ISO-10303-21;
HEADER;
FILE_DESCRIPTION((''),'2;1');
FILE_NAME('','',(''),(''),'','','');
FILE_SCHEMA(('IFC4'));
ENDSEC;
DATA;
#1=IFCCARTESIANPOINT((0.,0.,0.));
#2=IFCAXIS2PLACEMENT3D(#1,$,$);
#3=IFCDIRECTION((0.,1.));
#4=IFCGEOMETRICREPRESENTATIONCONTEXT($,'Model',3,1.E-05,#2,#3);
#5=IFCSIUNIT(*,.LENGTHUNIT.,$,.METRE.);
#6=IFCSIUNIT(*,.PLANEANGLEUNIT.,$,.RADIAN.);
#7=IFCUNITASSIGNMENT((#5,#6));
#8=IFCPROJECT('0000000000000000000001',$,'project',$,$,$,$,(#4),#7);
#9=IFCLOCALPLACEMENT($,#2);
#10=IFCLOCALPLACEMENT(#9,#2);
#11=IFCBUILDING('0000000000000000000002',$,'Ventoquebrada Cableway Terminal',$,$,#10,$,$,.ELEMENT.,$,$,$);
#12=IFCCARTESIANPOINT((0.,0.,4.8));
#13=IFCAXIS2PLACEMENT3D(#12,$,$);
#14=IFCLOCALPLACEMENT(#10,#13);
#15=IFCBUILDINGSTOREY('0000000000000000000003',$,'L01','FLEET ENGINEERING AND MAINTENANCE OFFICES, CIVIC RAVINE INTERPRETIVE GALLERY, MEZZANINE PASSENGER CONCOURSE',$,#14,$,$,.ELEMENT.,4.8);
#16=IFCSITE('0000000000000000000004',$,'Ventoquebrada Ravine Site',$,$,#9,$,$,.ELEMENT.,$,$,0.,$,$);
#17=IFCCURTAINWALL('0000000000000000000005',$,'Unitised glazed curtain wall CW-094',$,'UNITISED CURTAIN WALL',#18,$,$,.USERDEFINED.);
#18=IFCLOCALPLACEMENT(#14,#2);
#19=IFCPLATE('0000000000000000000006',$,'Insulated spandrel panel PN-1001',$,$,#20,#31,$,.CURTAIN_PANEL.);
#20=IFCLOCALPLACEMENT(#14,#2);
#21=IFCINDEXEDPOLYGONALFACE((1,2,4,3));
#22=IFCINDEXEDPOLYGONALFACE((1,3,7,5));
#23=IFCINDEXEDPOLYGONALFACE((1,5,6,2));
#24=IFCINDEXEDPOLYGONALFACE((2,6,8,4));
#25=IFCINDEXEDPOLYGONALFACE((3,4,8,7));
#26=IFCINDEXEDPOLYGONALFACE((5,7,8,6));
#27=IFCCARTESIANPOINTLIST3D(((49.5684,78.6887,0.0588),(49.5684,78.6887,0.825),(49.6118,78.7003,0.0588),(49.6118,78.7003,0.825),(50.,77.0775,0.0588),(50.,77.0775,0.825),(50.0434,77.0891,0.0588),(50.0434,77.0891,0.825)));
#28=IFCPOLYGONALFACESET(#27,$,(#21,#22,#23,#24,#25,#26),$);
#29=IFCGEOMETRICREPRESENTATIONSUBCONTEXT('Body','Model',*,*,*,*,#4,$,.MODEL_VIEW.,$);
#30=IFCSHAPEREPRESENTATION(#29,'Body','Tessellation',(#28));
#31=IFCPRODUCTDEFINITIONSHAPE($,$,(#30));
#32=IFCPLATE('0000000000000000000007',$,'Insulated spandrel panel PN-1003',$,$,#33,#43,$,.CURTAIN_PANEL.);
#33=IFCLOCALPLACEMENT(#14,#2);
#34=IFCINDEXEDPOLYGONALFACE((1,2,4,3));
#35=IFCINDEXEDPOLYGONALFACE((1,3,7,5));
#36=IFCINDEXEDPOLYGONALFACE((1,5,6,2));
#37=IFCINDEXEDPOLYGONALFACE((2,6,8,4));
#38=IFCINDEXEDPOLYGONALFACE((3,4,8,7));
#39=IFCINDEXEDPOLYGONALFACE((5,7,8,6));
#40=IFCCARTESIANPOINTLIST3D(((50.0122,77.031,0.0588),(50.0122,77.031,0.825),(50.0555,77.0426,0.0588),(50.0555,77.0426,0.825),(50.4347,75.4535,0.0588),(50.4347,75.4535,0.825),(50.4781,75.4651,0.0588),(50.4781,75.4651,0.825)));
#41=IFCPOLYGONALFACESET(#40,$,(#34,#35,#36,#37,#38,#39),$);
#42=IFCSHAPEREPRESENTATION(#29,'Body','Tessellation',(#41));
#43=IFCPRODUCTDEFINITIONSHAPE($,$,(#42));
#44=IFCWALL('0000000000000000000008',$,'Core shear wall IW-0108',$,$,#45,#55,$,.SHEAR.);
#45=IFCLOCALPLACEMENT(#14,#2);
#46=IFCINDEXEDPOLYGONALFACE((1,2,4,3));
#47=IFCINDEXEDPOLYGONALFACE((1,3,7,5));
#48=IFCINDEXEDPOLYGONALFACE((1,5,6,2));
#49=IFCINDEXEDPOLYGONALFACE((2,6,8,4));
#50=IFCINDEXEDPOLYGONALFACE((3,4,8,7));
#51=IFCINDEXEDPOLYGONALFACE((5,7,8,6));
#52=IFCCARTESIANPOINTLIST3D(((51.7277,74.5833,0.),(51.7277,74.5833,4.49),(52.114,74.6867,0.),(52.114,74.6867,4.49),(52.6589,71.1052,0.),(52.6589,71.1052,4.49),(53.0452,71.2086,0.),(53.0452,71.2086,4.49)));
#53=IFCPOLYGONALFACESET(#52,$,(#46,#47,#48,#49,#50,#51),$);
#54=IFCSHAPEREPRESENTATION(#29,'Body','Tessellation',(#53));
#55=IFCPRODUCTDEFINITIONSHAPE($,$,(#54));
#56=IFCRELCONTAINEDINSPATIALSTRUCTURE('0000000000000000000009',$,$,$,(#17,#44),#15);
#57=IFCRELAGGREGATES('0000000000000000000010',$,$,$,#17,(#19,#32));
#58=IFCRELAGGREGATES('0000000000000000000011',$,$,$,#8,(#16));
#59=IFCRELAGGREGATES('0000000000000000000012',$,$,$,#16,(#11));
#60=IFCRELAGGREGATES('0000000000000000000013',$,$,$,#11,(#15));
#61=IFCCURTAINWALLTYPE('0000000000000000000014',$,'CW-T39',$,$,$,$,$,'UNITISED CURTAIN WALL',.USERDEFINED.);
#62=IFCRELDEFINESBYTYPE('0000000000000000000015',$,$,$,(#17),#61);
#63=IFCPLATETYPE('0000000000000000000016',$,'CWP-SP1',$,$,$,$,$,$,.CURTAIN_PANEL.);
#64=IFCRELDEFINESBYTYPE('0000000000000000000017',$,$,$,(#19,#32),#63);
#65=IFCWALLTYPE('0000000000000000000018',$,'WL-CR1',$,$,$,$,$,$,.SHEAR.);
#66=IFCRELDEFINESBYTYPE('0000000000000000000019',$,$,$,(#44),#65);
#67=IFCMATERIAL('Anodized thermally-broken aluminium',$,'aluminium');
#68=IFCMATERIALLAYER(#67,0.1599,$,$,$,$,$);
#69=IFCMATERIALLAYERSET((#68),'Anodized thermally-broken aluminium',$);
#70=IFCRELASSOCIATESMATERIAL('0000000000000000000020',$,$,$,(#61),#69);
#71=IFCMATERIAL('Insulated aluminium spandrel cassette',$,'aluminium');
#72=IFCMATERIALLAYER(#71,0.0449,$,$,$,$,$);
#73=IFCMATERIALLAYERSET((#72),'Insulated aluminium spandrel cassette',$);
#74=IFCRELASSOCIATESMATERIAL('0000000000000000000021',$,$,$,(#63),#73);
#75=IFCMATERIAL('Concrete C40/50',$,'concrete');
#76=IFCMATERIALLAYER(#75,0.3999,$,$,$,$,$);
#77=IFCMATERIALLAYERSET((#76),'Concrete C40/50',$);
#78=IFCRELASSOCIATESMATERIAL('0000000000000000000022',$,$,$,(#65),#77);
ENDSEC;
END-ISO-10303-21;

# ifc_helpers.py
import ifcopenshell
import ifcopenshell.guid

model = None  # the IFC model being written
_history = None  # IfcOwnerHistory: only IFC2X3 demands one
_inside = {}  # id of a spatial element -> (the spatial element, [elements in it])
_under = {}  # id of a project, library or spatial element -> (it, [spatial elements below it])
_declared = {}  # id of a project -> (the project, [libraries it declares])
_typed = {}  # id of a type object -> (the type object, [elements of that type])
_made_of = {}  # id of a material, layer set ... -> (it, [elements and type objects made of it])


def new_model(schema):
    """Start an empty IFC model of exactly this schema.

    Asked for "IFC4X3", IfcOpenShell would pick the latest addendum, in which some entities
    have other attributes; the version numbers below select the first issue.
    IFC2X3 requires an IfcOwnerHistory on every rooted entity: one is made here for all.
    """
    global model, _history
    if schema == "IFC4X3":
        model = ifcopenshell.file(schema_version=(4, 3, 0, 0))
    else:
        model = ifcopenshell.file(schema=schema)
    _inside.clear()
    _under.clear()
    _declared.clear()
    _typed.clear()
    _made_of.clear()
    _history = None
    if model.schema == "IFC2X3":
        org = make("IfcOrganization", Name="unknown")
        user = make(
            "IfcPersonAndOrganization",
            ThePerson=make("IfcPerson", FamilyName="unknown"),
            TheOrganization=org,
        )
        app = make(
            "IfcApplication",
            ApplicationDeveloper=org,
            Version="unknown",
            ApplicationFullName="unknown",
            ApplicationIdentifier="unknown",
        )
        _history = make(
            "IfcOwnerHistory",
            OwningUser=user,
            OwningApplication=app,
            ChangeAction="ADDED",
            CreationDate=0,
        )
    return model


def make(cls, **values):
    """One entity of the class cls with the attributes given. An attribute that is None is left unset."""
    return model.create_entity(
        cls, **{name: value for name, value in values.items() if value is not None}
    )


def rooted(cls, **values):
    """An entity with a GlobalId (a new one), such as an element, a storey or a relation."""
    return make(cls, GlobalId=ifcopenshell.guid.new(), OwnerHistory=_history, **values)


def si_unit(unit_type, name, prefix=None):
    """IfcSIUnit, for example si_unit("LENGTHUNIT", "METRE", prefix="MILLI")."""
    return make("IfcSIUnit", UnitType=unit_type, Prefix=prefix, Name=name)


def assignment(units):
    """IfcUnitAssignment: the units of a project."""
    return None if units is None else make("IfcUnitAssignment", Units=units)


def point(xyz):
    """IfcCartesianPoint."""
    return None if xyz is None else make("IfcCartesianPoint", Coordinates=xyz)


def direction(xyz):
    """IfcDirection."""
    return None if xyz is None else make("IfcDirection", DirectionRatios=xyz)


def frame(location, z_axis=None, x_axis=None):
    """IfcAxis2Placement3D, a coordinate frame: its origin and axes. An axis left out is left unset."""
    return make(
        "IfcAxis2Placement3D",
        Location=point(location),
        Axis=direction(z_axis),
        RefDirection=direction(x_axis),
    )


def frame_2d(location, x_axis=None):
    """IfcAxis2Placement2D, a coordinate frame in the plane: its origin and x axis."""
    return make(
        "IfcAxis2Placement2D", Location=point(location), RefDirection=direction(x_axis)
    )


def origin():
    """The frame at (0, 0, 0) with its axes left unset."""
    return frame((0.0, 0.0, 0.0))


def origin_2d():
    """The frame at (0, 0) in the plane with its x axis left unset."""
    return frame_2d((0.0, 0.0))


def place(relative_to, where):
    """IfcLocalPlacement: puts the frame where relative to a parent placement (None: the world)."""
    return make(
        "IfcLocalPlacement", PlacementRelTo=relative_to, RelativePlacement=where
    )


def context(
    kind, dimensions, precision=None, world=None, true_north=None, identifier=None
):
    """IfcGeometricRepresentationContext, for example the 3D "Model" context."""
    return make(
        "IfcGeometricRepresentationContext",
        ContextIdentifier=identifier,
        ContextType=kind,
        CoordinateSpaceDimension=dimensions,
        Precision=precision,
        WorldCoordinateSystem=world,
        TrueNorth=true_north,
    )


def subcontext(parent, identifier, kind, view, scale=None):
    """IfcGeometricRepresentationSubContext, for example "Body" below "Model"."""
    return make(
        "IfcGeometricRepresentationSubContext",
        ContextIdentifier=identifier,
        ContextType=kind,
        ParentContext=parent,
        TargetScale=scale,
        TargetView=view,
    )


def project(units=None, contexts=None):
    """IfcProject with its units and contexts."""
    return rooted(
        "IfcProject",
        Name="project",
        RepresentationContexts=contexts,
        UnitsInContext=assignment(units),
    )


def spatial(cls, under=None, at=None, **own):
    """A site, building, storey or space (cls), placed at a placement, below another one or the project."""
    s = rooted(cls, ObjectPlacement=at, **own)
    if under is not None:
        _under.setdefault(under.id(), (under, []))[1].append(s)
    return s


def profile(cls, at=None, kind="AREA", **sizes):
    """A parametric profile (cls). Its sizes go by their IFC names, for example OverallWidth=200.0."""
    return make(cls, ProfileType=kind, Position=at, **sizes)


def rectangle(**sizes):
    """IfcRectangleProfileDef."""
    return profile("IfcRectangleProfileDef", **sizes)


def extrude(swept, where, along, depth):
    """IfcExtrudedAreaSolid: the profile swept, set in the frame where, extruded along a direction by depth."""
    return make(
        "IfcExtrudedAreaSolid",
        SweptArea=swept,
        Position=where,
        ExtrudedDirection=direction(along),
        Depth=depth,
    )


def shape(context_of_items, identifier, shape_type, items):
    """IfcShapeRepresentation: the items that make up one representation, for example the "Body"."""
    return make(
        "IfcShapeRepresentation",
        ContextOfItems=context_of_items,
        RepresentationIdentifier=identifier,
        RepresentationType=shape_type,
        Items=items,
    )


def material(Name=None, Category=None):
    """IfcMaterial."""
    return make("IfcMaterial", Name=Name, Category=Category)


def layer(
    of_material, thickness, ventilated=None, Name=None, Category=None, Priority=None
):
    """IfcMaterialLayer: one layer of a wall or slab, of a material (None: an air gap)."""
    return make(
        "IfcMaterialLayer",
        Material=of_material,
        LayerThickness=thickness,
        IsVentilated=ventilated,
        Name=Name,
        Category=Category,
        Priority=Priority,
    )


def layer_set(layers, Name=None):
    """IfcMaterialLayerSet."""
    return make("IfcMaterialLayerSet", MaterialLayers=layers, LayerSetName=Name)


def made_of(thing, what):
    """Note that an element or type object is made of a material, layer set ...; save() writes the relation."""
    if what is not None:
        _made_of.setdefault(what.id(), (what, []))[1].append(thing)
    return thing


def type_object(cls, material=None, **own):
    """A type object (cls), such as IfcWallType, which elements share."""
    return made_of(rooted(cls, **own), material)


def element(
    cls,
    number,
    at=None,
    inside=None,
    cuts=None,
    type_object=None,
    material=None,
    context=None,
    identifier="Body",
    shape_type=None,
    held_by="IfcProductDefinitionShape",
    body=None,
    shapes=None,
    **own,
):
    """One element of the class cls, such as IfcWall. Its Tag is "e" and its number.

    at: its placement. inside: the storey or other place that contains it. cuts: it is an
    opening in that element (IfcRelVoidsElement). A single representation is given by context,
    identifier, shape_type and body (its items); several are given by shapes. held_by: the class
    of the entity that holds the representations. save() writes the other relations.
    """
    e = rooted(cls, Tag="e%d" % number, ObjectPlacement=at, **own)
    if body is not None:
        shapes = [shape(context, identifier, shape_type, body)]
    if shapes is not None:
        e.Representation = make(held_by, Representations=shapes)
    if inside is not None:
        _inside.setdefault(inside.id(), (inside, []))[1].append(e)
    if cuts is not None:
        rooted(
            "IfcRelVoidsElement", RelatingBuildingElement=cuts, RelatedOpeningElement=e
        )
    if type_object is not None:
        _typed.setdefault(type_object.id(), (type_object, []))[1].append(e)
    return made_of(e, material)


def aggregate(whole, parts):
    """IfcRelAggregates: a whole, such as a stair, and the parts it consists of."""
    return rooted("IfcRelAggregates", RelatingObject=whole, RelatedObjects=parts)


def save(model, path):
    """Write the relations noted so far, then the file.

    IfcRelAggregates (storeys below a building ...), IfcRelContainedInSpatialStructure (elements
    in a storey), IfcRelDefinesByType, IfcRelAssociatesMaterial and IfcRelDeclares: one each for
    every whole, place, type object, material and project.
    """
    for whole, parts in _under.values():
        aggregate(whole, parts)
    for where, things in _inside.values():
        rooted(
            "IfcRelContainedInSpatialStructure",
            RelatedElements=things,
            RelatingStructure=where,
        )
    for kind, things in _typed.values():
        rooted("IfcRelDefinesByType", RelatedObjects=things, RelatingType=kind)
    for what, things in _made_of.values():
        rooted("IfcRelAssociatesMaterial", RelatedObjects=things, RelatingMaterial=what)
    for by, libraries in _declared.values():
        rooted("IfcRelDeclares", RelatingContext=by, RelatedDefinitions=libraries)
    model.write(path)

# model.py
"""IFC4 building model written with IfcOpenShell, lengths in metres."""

from ifc_helpers import new_model, si_unit, direction, frame, frame_2d, origin, origin_2d, place, context, subcontext, project, spatial, rectangle, extrude, material, layer, layer_set, type_object, element, aggregate, save


model = new_model("IFC4")

# Units and contexts
model_context = context("Model", 3, precision=1e-05, world=origin(), true_north=direction((0.0, 1.0)))
body_context = subcontext(model_context, "Body", "Model", "MODEL_VIEW")
ifc_project = project(units=[si_unit("LENGTHUNIT", "METRE"), si_unit("PLANEANGLEUNIT", "RADIAN")], contexts=[model_context])

# Site, building, storey
site_placement = place(None, origin())
site = spatial("IfcSite", under=ifc_project, at=site_placement, Name="Ventoquebrada Ravine Site", CompositionType="ELEMENT", RefElevation=0.0)
building_placement = place(site_placement, origin())
building = spatial("IfcBuilding", under=site, at=building_placement, Name="Ventoquebrada Cableway Terminal", CompositionType="ELEMENT")
storey_placement = place(building_placement, frame((0.0, 0.0, 4.8)))
storey = spatial("IfcBuildingStorey", under=building, at=storey_placement, Name="L01", Description="FLEET ENGINEERING AND MAINTENANCE OFFICES, CIVIC RAVINE INTERPRETIVE GALLERY, MEZZANINE PASSENGER CONCOURSE", CompositionType="ELEMENT", Elevation=4.8)

# Curtain wall
ifc_material_1 = material(Name="Anodized thermally-broken aluminium", Category="aluminium")
ifc_layer_1 = layer(ifc_material_1, 0.1599)
ifc_layer_set_1 = layer_set([ifc_layer_1], Name="Anodized thermally-broken aluminium")
curtain_wall_type_1 = type_object("IfcCurtainWallType", Name="CW-T39", ElementType="UNITISED CURTAIN WALL", PredefinedType="USERDEFINED", material=ifc_layer_set_1)
curtain_wall_1_placement = place(storey_placement, origin())
curtain_wall_1 = element("IfcCurtainWall", 1, at=curtain_wall_1_placement, inside=storey, type_object=curtain_wall_type_1, Name="Unitised glazed curtain wall CW-094", ObjectType="UNITISED CURTAIN WALL", PredefinedType="USERDEFINED")

# Plates
ifc_material_2 = material(Name="Insulated aluminium spandrel cassette", Category="aluminium")
ifc_layer_2 = layer(ifc_material_2, 0.0449)
ifc_layer_set_2 = layer_set([ifc_layer_2], Name="Insulated aluminium spandrel cassette")
plate_type_1 = type_object("IfcPlateType", Name="CWP-SP1", PredefinedType="CURTAIN_PANEL", material=ifc_layer_set_2)
plate_1_placement = place(storey_placement, frame((49.8059, 77.8889, 0.0588), z_axis=(0.0, 0.0, 1.0), x_axis=(0.258735, -0.965948, 0.0)))
plate_1 = element("IfcPlate", 2, at=plate_1_placement, type_object=plate_type_1, Name="Insulated spandrel panel PN-1001", PredefinedType="CURTAIN_PANEL", context=body_context, shape_type="SweptSolid", body=[
    extrude(rectangle(XDim=1.668, YDim=0.0449, at=origin_2d()), origin(), (0.0, 0.0, 1.0), 0.7661),
])
plate_2_placement = place(storey_placement, frame((50.2451, 76.248, 0.0588), z_axis=(0.0, 0.0, 1.0), x_axis=(0.258735, -0.965948, 0.0)))
plate_2 = element("IfcPlate", 3, at=plate_2_placement, type_object=plate_type_1, Name="Insulated spandrel panel PN-1003", PredefinedType="CURTAIN_PANEL", context=body_context, shape_type="SweptSolid", body=[
    extrude(rectangle(XDim=1.6331, YDim=0.0449, at=origin_2d()), origin(), (0.0, 0.0, 1.0), 0.7661),
])
aggregate(curtain_wall_1, [plate_1, plate_2])

# Wall
ifc_material_3 = material(Name="Concrete C40/50", Category="concrete")
ifc_layer_3 = layer(ifc_material_3, 0.3999)
ifc_layer_set_3 = layer_set([ifc_layer_3], Name="Concrete C40/50")
wall_type = type_object("IfcWallType", Name="WL-CR1", PredefinedType="SHEAR", material=ifc_layer_set_3)
wall_placement = place(storey_placement, frame((51.9209, 74.635, 0.0), z_axis=(0.0, 0.0, 1.0), x_axis=(0.258616, -0.96598, 0.0)))
element("IfcWall", 4, at=wall_placement, inside=storey, type_object=wall_type, Name="Core shear wall IW-0108", PredefinedType="SHEAR", context=body_context, shape_type="SweptSolid", body=[
    extrude(rectangle(XDim=3.6006, YDim=0.3999, at=frame_2d((1.8003, 0.0))), origin(), (0.0, 0.0, 1.0), 4.49),
])

save(model, "model.ifc")
